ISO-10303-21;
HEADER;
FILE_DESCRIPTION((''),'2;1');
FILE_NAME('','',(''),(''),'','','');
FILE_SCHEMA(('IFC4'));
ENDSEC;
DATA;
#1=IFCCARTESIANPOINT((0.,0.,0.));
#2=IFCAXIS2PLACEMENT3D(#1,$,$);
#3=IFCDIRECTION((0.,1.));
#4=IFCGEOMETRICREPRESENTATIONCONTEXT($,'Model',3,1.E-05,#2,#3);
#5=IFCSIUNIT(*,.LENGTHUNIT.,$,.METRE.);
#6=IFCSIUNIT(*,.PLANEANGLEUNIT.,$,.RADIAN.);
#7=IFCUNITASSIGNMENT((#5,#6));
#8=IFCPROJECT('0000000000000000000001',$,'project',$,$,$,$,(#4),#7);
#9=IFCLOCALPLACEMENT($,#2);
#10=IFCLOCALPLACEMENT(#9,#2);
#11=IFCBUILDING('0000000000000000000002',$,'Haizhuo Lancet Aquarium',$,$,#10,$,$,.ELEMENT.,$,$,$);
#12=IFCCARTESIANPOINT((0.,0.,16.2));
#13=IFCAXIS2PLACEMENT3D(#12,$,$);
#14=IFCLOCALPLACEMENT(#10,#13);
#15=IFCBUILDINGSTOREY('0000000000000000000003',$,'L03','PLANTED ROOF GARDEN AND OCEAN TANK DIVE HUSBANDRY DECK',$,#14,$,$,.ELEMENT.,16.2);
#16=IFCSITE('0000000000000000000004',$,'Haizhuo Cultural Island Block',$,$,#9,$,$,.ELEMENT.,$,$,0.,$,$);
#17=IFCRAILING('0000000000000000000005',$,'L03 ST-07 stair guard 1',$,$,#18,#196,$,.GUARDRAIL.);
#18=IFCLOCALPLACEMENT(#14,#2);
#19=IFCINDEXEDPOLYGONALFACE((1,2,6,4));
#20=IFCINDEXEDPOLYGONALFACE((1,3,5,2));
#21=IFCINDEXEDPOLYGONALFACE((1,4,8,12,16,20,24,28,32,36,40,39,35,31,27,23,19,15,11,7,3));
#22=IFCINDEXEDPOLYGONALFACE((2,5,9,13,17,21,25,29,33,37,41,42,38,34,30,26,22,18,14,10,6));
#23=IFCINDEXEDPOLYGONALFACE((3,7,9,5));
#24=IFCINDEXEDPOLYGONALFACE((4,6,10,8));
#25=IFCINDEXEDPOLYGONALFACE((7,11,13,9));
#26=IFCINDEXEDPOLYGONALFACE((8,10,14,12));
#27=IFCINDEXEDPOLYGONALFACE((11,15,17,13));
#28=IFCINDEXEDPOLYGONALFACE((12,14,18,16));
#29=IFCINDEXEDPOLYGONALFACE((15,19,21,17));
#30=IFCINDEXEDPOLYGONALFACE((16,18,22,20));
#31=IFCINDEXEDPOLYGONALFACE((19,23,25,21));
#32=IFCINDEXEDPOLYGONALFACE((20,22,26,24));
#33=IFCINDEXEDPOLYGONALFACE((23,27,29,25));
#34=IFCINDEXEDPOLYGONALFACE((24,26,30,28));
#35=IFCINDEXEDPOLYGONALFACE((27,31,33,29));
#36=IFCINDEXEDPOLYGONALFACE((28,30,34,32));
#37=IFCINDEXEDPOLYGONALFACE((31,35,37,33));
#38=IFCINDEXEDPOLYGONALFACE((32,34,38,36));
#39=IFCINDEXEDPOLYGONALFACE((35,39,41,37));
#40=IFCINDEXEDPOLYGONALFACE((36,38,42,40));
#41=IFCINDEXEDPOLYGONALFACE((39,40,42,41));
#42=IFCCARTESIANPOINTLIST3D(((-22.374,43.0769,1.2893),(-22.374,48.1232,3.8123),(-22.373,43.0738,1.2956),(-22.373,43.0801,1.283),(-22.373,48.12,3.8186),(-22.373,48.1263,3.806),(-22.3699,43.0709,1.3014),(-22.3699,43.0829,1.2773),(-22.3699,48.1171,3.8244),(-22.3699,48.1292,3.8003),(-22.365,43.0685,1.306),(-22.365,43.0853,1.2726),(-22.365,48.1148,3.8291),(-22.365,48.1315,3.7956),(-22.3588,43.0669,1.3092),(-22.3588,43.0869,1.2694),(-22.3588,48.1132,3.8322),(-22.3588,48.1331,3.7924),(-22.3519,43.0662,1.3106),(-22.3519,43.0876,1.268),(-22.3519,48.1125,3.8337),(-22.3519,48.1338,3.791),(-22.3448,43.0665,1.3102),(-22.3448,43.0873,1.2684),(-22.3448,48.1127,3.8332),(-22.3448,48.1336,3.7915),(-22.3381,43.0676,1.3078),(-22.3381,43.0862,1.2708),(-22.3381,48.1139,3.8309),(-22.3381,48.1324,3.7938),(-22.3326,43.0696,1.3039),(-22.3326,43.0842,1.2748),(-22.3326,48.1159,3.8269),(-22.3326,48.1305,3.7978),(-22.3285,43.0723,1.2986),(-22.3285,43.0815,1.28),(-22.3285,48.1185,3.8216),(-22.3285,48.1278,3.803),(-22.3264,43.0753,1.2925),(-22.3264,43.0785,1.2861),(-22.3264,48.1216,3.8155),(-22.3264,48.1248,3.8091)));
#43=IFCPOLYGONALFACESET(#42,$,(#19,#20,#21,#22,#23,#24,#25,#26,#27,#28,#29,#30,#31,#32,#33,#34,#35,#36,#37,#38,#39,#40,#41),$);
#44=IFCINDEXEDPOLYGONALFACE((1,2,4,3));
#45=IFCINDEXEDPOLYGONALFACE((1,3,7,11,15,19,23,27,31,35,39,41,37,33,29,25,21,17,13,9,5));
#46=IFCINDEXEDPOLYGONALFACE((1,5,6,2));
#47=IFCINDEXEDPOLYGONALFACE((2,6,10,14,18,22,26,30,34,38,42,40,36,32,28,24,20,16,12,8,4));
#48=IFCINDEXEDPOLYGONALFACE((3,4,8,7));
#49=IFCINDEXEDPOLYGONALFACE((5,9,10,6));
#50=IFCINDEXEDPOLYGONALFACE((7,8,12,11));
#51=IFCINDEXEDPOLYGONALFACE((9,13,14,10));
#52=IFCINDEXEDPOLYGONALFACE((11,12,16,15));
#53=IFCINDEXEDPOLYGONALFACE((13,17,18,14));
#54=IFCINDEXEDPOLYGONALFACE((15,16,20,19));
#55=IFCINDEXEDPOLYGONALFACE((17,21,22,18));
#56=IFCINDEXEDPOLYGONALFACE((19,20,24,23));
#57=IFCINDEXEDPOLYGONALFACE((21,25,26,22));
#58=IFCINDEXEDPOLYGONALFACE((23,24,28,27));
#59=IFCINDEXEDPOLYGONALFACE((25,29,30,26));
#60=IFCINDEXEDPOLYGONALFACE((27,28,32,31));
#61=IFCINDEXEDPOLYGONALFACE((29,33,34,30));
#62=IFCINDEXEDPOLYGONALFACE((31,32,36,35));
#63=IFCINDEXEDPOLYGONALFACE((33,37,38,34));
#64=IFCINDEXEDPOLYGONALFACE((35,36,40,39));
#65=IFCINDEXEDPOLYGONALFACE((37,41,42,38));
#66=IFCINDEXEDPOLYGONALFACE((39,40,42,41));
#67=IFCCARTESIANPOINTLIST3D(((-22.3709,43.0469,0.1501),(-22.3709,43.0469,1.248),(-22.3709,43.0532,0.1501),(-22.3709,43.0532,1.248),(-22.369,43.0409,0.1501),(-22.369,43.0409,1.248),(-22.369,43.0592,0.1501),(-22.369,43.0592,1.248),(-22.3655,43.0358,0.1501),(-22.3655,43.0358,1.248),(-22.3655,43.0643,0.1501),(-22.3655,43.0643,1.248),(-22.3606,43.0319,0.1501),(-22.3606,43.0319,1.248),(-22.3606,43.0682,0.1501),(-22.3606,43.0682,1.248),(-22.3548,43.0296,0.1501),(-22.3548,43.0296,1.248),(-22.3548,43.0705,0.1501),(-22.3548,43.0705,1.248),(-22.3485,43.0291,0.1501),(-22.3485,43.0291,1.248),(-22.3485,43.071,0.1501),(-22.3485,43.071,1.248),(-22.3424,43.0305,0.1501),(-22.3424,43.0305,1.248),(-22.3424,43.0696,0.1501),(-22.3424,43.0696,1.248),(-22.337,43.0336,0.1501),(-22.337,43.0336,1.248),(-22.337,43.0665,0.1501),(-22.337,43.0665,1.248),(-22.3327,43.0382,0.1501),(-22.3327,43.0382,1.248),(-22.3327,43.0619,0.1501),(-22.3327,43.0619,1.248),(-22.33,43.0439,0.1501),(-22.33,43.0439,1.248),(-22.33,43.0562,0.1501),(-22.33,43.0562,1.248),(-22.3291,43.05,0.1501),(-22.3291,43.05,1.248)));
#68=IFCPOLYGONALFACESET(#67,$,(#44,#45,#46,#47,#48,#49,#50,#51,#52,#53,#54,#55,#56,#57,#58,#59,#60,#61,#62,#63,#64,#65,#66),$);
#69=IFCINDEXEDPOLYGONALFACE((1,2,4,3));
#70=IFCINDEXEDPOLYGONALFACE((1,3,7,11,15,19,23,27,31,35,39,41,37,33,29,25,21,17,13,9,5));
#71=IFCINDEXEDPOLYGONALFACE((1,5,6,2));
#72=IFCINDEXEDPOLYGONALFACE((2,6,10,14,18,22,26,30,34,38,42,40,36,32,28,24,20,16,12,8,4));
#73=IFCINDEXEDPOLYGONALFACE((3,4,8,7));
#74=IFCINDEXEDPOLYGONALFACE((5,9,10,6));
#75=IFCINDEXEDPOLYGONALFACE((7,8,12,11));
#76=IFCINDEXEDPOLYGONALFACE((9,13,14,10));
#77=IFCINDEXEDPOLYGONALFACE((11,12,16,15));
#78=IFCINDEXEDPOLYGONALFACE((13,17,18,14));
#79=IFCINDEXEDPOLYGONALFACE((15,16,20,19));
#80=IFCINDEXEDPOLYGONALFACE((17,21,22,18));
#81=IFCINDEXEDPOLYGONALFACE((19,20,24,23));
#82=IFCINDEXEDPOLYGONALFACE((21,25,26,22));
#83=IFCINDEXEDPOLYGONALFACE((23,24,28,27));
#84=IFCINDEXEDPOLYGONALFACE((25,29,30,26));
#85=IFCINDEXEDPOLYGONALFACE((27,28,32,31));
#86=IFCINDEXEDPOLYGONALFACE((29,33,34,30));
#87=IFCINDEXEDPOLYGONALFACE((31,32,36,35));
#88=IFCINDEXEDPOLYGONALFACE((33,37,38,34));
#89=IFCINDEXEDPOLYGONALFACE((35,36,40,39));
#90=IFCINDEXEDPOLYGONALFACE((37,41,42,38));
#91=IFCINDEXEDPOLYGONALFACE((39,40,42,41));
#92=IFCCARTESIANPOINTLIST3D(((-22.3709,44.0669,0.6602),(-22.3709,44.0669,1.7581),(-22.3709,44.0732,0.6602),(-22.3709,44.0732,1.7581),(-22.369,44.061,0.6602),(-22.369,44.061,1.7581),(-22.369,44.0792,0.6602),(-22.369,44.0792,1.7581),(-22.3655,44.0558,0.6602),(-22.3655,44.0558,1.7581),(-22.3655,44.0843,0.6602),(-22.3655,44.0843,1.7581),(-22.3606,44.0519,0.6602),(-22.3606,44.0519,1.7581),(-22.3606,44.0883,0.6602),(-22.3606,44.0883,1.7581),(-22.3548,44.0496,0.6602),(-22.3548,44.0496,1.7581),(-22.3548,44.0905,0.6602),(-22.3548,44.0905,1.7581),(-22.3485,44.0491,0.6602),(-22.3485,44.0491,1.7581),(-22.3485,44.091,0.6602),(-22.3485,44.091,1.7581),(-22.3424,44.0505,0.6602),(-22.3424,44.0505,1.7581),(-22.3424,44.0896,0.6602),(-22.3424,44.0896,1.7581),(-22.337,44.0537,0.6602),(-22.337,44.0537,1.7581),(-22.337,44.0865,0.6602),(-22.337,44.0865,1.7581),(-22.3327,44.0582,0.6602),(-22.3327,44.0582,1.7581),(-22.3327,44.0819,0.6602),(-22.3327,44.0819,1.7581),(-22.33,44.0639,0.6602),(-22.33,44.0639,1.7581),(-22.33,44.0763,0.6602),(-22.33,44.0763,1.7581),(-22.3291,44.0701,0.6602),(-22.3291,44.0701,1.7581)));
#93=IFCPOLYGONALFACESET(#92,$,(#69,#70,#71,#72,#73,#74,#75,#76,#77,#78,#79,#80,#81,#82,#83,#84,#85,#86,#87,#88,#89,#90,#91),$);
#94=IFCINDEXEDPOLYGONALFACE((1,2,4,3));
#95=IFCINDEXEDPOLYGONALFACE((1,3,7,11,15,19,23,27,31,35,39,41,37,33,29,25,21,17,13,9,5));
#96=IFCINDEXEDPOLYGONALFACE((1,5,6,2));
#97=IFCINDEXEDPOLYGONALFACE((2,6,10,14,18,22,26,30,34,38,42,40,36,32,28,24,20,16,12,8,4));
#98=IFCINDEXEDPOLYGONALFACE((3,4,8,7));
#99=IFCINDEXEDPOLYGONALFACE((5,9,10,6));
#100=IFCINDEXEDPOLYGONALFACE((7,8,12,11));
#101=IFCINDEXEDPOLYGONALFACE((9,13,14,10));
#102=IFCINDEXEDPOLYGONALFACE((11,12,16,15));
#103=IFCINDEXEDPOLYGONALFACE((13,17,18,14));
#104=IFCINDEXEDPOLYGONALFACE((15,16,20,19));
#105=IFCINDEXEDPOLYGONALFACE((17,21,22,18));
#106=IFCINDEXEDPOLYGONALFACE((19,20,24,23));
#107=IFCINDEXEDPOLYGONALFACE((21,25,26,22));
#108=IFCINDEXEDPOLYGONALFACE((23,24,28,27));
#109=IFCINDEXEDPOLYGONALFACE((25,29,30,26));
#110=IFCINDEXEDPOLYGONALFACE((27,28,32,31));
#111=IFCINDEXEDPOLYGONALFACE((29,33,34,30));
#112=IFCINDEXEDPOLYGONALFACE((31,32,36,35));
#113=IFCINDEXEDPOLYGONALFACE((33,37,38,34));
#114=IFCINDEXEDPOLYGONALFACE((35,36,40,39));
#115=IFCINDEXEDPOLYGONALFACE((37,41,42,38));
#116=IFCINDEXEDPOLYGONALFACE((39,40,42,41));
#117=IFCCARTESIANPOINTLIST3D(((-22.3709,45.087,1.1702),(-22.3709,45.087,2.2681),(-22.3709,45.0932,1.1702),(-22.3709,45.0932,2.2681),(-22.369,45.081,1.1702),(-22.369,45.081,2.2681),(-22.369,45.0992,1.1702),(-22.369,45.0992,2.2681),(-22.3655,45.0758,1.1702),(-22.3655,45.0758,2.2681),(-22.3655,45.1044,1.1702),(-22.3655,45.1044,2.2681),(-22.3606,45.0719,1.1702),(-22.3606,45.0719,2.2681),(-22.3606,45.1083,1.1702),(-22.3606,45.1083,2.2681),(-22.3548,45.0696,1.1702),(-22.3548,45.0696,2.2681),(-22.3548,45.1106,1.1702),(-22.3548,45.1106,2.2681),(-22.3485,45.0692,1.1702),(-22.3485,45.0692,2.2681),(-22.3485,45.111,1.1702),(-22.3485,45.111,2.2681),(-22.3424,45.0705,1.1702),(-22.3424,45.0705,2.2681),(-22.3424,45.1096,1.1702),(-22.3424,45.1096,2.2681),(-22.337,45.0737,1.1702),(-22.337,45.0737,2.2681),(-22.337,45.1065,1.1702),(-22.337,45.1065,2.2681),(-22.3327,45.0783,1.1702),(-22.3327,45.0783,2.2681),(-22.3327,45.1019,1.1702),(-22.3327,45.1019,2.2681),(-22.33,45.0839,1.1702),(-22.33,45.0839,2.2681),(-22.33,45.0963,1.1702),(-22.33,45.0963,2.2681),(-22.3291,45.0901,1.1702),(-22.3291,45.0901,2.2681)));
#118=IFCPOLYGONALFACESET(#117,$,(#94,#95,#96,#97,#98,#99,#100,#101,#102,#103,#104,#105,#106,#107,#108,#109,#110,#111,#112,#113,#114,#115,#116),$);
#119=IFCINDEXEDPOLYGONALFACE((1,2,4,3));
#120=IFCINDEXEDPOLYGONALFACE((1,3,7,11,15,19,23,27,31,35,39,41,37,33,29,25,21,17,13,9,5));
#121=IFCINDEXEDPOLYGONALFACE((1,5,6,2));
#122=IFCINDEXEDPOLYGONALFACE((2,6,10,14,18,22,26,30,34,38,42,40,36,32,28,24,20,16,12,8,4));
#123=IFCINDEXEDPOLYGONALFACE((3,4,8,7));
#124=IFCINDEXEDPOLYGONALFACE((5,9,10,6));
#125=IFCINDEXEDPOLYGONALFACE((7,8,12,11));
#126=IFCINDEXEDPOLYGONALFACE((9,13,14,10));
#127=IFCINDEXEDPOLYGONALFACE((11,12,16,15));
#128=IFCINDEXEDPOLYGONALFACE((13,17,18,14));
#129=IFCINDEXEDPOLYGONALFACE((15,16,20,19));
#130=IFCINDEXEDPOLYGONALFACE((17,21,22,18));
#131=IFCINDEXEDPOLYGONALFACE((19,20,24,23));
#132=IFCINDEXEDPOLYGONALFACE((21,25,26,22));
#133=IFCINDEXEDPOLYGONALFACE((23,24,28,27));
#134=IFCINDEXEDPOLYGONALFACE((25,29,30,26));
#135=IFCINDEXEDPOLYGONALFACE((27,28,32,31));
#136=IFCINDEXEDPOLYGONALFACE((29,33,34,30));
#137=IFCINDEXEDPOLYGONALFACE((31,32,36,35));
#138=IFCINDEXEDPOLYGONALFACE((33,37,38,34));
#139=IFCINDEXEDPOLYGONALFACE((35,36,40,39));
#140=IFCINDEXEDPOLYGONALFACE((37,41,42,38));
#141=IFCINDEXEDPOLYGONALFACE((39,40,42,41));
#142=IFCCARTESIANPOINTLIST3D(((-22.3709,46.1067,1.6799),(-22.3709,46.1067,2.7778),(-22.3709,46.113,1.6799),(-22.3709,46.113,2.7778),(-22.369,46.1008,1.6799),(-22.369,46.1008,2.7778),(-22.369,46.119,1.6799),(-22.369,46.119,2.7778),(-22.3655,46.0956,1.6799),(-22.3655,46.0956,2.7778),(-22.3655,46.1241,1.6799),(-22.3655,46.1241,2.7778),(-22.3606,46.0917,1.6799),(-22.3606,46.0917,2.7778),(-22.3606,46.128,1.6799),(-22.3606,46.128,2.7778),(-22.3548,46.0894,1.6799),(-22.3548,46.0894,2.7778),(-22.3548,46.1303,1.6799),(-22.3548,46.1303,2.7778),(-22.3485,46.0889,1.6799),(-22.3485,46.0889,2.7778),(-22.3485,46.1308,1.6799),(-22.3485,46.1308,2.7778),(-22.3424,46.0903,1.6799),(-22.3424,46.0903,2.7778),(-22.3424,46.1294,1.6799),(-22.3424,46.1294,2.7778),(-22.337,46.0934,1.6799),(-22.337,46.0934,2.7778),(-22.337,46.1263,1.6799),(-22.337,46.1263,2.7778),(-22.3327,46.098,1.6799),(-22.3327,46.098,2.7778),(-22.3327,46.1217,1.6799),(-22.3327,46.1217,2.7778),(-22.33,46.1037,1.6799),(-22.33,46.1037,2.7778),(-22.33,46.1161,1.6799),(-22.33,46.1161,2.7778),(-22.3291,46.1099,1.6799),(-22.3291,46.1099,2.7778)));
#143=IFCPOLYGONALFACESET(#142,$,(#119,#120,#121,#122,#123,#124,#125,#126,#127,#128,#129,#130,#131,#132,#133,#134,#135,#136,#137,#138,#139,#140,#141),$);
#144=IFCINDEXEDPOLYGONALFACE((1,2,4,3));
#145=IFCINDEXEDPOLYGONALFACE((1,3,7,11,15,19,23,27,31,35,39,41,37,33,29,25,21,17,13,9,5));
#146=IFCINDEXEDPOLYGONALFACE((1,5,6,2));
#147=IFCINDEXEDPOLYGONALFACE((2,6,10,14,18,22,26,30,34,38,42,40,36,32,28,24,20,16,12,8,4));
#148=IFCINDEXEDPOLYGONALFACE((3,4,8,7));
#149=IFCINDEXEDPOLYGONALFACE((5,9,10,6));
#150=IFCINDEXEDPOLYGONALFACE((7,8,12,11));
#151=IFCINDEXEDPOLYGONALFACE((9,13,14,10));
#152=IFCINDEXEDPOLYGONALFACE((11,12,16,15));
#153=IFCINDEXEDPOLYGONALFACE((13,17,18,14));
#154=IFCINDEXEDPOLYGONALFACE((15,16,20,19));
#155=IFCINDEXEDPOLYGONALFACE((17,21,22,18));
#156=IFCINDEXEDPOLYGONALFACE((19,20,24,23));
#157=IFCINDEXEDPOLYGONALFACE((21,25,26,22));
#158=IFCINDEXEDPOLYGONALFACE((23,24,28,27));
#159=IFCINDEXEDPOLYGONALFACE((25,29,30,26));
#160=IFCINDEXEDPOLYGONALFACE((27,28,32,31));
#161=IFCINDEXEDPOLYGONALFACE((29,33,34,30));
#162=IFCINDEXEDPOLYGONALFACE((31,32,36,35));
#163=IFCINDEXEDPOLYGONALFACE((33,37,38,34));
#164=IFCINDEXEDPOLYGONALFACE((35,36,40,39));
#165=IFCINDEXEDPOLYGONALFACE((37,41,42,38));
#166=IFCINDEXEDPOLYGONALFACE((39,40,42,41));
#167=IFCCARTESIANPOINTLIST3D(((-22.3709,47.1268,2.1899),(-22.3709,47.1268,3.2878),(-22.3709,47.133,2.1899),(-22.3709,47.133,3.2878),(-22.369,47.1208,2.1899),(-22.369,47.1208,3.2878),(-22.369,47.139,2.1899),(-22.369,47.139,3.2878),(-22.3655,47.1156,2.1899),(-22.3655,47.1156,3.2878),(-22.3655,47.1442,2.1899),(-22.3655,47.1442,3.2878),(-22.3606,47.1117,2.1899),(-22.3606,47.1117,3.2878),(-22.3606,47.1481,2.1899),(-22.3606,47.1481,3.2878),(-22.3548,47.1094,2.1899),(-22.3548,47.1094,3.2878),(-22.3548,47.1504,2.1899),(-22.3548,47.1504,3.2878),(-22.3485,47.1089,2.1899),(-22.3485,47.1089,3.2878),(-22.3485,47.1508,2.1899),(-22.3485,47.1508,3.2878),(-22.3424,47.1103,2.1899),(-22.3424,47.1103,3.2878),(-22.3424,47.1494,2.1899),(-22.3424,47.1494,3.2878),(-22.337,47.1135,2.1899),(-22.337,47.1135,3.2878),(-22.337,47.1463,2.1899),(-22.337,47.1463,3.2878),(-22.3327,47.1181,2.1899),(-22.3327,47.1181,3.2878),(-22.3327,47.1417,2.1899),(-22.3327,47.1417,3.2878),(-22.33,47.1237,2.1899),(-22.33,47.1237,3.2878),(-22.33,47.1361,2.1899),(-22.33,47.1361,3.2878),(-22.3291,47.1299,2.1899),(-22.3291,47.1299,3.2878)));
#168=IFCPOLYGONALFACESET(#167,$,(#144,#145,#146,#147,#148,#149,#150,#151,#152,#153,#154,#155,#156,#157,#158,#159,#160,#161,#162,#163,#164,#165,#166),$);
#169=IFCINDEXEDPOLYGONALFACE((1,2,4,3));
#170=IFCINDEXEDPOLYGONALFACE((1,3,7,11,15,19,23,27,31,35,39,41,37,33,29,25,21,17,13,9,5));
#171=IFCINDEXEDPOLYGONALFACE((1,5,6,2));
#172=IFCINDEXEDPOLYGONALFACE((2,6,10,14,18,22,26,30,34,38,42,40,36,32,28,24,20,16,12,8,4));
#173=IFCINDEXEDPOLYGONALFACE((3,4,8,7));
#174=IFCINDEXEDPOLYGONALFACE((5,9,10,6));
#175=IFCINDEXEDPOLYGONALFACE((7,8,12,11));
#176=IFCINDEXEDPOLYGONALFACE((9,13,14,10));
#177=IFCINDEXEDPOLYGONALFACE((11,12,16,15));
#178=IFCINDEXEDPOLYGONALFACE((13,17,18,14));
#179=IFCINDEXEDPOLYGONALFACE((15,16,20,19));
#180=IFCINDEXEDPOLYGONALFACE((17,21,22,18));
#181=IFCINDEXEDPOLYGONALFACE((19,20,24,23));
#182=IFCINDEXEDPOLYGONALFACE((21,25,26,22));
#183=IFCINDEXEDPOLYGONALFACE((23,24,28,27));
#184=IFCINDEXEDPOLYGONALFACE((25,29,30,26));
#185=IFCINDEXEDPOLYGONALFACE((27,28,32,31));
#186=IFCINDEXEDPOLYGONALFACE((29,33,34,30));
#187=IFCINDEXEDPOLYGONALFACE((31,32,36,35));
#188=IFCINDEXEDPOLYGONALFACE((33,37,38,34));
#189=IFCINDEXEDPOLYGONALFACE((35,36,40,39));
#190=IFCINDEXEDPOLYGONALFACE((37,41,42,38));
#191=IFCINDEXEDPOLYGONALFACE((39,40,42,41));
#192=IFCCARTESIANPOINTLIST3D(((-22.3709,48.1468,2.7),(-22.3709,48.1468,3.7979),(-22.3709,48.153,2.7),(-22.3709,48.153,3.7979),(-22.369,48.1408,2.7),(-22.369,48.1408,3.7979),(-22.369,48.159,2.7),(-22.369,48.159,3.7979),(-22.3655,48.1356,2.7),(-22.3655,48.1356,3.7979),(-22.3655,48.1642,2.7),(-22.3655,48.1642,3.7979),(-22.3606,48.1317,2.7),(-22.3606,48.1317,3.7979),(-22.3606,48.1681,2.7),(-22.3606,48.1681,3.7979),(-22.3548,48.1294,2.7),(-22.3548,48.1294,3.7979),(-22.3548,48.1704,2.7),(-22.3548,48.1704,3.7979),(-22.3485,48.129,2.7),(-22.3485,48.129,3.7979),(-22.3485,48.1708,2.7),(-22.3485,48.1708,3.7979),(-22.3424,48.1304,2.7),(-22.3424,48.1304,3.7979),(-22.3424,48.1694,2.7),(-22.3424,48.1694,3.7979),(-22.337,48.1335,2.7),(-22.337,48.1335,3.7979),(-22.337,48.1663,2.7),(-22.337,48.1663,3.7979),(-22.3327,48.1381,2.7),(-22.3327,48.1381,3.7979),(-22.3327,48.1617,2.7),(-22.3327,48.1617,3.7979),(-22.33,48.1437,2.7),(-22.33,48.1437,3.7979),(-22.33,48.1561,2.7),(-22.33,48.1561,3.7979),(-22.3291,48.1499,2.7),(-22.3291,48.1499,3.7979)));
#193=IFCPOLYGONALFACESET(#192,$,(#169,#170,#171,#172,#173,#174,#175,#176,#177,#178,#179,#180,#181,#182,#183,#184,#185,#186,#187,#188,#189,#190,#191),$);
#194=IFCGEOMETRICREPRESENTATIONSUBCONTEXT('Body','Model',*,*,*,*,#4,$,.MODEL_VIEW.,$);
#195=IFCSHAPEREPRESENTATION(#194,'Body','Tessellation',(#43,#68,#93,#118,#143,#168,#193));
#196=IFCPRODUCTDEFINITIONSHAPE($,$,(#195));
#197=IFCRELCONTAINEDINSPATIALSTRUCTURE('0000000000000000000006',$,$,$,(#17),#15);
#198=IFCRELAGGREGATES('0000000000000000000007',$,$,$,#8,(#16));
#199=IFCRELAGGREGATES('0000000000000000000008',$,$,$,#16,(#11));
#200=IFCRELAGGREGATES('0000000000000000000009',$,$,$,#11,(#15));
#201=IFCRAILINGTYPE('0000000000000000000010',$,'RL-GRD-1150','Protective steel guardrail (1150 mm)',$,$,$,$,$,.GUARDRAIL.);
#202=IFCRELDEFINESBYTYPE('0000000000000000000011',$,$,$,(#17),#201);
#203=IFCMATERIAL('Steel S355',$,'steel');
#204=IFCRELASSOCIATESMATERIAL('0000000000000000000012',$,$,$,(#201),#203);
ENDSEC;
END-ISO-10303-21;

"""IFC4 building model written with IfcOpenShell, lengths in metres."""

from ifc_helpers import new_model, si_unit, direction, frame, origin, origin_2d, place, context, subcontext, project, spatial, circle, extrude, material, type_object, element, save


model = new_model("IFC4")

# Units and contexts
model_context = context("Model", 3, precision=1e-05, world=origin(), true_north=direction((0.0, 1.0)))
body_context = subcontext(model_context, "Body", "Model", "MODEL_VIEW")
ifc_project = project(units=[si_unit("LENGTHUNIT", "METRE"), si_unit("PLANEANGLEUNIT", "RADIAN")], contexts=[model_context])

# Site, building, storey
site_placement = place(None, origin())
site = spatial("IfcSite", under=ifc_project, at=site_placement, Name="Haizhuo Cultural Island Block", CompositionType="ELEMENT", RefElevation=0.0)
building_placement = place(site_placement, origin())
building = spatial("IfcBuilding", under=site, at=building_placement, Name="Haizhuo Lancet Aquarium", CompositionType="ELEMENT")
storey_placement = place(building_placement, frame((0.0, 0.0, 16.2)))
storey = spatial("IfcBuildingStorey", under=building, at=storey_placement, Name="L03", Description="PLANTED ROOF GARDEN AND OCEAN TANK DIVE HUSBANDRY DECK", CompositionType="ELEMENT", Elevation=16.2)

# Shared definitions
ifc_material_1 = material(Name="Steel S355", Category="steel")

# Railing
railing_type = type_object("IfcRailingType", Name="RL-GRD-1150", Description="Protective steel guardrail (1150 mm)", PredefinedType="GUARDRAIL", material=ifc_material_1)
railing_1_placement = place(storey_placement, frame((-22.3501, 43.05, 0.1501)))
element("IfcRailing", 1, at=railing_1_placement, inside=storey, type_object=railing_type, Name="L03 ST-07 stair guard 1", PredefinedType="GUARDRAIL", context=body_context, shape_type="SweptSolid", body=[
    extrude(circle(Radius=0.0239, at=origin_2d()), frame((0.0, 0.0269, 1.1392), z_axis=(0.0, 0.894436, 0.447196), x_axis=(-1.0, 0.0, 0.0)), (0.0, 0.0, 1.0), 5.6418),
    extrude(circle(Radius=0.021, at=origin_2d()), origin(), (0.0, 0.0, 1.0), 1.0979),
    extrude(circle(Radius=0.021, at=origin_2d()), frame((0.0, 1.02, 0.51)), (0.0, 0.0, 1.0), 1.0979),
    extrude(circle(Radius=0.021, at=origin_2d()), frame((0.0, 2.04, 1.02)), (0.0, 0.0, 1.0), 1.0979),
    extrude(circle(Radius=0.021, at=origin_2d()), frame((0.0, 3.0598, 1.5298)), (0.0, 0.0, 1.0), 1.0979),
    extrude(circle(Radius=0.021, at=origin_2d()), frame((0.0, 4.0798, 2.0398)), (0.0, 0.0, 1.0), 1.0979),
    extrude(circle(Radius=0.021, at=origin_2d()), frame((0.0, 5.0999, 2.5498)), (0.0, 0.0, 1.0), 1.0979),
])

save(model, "model.ifc")
